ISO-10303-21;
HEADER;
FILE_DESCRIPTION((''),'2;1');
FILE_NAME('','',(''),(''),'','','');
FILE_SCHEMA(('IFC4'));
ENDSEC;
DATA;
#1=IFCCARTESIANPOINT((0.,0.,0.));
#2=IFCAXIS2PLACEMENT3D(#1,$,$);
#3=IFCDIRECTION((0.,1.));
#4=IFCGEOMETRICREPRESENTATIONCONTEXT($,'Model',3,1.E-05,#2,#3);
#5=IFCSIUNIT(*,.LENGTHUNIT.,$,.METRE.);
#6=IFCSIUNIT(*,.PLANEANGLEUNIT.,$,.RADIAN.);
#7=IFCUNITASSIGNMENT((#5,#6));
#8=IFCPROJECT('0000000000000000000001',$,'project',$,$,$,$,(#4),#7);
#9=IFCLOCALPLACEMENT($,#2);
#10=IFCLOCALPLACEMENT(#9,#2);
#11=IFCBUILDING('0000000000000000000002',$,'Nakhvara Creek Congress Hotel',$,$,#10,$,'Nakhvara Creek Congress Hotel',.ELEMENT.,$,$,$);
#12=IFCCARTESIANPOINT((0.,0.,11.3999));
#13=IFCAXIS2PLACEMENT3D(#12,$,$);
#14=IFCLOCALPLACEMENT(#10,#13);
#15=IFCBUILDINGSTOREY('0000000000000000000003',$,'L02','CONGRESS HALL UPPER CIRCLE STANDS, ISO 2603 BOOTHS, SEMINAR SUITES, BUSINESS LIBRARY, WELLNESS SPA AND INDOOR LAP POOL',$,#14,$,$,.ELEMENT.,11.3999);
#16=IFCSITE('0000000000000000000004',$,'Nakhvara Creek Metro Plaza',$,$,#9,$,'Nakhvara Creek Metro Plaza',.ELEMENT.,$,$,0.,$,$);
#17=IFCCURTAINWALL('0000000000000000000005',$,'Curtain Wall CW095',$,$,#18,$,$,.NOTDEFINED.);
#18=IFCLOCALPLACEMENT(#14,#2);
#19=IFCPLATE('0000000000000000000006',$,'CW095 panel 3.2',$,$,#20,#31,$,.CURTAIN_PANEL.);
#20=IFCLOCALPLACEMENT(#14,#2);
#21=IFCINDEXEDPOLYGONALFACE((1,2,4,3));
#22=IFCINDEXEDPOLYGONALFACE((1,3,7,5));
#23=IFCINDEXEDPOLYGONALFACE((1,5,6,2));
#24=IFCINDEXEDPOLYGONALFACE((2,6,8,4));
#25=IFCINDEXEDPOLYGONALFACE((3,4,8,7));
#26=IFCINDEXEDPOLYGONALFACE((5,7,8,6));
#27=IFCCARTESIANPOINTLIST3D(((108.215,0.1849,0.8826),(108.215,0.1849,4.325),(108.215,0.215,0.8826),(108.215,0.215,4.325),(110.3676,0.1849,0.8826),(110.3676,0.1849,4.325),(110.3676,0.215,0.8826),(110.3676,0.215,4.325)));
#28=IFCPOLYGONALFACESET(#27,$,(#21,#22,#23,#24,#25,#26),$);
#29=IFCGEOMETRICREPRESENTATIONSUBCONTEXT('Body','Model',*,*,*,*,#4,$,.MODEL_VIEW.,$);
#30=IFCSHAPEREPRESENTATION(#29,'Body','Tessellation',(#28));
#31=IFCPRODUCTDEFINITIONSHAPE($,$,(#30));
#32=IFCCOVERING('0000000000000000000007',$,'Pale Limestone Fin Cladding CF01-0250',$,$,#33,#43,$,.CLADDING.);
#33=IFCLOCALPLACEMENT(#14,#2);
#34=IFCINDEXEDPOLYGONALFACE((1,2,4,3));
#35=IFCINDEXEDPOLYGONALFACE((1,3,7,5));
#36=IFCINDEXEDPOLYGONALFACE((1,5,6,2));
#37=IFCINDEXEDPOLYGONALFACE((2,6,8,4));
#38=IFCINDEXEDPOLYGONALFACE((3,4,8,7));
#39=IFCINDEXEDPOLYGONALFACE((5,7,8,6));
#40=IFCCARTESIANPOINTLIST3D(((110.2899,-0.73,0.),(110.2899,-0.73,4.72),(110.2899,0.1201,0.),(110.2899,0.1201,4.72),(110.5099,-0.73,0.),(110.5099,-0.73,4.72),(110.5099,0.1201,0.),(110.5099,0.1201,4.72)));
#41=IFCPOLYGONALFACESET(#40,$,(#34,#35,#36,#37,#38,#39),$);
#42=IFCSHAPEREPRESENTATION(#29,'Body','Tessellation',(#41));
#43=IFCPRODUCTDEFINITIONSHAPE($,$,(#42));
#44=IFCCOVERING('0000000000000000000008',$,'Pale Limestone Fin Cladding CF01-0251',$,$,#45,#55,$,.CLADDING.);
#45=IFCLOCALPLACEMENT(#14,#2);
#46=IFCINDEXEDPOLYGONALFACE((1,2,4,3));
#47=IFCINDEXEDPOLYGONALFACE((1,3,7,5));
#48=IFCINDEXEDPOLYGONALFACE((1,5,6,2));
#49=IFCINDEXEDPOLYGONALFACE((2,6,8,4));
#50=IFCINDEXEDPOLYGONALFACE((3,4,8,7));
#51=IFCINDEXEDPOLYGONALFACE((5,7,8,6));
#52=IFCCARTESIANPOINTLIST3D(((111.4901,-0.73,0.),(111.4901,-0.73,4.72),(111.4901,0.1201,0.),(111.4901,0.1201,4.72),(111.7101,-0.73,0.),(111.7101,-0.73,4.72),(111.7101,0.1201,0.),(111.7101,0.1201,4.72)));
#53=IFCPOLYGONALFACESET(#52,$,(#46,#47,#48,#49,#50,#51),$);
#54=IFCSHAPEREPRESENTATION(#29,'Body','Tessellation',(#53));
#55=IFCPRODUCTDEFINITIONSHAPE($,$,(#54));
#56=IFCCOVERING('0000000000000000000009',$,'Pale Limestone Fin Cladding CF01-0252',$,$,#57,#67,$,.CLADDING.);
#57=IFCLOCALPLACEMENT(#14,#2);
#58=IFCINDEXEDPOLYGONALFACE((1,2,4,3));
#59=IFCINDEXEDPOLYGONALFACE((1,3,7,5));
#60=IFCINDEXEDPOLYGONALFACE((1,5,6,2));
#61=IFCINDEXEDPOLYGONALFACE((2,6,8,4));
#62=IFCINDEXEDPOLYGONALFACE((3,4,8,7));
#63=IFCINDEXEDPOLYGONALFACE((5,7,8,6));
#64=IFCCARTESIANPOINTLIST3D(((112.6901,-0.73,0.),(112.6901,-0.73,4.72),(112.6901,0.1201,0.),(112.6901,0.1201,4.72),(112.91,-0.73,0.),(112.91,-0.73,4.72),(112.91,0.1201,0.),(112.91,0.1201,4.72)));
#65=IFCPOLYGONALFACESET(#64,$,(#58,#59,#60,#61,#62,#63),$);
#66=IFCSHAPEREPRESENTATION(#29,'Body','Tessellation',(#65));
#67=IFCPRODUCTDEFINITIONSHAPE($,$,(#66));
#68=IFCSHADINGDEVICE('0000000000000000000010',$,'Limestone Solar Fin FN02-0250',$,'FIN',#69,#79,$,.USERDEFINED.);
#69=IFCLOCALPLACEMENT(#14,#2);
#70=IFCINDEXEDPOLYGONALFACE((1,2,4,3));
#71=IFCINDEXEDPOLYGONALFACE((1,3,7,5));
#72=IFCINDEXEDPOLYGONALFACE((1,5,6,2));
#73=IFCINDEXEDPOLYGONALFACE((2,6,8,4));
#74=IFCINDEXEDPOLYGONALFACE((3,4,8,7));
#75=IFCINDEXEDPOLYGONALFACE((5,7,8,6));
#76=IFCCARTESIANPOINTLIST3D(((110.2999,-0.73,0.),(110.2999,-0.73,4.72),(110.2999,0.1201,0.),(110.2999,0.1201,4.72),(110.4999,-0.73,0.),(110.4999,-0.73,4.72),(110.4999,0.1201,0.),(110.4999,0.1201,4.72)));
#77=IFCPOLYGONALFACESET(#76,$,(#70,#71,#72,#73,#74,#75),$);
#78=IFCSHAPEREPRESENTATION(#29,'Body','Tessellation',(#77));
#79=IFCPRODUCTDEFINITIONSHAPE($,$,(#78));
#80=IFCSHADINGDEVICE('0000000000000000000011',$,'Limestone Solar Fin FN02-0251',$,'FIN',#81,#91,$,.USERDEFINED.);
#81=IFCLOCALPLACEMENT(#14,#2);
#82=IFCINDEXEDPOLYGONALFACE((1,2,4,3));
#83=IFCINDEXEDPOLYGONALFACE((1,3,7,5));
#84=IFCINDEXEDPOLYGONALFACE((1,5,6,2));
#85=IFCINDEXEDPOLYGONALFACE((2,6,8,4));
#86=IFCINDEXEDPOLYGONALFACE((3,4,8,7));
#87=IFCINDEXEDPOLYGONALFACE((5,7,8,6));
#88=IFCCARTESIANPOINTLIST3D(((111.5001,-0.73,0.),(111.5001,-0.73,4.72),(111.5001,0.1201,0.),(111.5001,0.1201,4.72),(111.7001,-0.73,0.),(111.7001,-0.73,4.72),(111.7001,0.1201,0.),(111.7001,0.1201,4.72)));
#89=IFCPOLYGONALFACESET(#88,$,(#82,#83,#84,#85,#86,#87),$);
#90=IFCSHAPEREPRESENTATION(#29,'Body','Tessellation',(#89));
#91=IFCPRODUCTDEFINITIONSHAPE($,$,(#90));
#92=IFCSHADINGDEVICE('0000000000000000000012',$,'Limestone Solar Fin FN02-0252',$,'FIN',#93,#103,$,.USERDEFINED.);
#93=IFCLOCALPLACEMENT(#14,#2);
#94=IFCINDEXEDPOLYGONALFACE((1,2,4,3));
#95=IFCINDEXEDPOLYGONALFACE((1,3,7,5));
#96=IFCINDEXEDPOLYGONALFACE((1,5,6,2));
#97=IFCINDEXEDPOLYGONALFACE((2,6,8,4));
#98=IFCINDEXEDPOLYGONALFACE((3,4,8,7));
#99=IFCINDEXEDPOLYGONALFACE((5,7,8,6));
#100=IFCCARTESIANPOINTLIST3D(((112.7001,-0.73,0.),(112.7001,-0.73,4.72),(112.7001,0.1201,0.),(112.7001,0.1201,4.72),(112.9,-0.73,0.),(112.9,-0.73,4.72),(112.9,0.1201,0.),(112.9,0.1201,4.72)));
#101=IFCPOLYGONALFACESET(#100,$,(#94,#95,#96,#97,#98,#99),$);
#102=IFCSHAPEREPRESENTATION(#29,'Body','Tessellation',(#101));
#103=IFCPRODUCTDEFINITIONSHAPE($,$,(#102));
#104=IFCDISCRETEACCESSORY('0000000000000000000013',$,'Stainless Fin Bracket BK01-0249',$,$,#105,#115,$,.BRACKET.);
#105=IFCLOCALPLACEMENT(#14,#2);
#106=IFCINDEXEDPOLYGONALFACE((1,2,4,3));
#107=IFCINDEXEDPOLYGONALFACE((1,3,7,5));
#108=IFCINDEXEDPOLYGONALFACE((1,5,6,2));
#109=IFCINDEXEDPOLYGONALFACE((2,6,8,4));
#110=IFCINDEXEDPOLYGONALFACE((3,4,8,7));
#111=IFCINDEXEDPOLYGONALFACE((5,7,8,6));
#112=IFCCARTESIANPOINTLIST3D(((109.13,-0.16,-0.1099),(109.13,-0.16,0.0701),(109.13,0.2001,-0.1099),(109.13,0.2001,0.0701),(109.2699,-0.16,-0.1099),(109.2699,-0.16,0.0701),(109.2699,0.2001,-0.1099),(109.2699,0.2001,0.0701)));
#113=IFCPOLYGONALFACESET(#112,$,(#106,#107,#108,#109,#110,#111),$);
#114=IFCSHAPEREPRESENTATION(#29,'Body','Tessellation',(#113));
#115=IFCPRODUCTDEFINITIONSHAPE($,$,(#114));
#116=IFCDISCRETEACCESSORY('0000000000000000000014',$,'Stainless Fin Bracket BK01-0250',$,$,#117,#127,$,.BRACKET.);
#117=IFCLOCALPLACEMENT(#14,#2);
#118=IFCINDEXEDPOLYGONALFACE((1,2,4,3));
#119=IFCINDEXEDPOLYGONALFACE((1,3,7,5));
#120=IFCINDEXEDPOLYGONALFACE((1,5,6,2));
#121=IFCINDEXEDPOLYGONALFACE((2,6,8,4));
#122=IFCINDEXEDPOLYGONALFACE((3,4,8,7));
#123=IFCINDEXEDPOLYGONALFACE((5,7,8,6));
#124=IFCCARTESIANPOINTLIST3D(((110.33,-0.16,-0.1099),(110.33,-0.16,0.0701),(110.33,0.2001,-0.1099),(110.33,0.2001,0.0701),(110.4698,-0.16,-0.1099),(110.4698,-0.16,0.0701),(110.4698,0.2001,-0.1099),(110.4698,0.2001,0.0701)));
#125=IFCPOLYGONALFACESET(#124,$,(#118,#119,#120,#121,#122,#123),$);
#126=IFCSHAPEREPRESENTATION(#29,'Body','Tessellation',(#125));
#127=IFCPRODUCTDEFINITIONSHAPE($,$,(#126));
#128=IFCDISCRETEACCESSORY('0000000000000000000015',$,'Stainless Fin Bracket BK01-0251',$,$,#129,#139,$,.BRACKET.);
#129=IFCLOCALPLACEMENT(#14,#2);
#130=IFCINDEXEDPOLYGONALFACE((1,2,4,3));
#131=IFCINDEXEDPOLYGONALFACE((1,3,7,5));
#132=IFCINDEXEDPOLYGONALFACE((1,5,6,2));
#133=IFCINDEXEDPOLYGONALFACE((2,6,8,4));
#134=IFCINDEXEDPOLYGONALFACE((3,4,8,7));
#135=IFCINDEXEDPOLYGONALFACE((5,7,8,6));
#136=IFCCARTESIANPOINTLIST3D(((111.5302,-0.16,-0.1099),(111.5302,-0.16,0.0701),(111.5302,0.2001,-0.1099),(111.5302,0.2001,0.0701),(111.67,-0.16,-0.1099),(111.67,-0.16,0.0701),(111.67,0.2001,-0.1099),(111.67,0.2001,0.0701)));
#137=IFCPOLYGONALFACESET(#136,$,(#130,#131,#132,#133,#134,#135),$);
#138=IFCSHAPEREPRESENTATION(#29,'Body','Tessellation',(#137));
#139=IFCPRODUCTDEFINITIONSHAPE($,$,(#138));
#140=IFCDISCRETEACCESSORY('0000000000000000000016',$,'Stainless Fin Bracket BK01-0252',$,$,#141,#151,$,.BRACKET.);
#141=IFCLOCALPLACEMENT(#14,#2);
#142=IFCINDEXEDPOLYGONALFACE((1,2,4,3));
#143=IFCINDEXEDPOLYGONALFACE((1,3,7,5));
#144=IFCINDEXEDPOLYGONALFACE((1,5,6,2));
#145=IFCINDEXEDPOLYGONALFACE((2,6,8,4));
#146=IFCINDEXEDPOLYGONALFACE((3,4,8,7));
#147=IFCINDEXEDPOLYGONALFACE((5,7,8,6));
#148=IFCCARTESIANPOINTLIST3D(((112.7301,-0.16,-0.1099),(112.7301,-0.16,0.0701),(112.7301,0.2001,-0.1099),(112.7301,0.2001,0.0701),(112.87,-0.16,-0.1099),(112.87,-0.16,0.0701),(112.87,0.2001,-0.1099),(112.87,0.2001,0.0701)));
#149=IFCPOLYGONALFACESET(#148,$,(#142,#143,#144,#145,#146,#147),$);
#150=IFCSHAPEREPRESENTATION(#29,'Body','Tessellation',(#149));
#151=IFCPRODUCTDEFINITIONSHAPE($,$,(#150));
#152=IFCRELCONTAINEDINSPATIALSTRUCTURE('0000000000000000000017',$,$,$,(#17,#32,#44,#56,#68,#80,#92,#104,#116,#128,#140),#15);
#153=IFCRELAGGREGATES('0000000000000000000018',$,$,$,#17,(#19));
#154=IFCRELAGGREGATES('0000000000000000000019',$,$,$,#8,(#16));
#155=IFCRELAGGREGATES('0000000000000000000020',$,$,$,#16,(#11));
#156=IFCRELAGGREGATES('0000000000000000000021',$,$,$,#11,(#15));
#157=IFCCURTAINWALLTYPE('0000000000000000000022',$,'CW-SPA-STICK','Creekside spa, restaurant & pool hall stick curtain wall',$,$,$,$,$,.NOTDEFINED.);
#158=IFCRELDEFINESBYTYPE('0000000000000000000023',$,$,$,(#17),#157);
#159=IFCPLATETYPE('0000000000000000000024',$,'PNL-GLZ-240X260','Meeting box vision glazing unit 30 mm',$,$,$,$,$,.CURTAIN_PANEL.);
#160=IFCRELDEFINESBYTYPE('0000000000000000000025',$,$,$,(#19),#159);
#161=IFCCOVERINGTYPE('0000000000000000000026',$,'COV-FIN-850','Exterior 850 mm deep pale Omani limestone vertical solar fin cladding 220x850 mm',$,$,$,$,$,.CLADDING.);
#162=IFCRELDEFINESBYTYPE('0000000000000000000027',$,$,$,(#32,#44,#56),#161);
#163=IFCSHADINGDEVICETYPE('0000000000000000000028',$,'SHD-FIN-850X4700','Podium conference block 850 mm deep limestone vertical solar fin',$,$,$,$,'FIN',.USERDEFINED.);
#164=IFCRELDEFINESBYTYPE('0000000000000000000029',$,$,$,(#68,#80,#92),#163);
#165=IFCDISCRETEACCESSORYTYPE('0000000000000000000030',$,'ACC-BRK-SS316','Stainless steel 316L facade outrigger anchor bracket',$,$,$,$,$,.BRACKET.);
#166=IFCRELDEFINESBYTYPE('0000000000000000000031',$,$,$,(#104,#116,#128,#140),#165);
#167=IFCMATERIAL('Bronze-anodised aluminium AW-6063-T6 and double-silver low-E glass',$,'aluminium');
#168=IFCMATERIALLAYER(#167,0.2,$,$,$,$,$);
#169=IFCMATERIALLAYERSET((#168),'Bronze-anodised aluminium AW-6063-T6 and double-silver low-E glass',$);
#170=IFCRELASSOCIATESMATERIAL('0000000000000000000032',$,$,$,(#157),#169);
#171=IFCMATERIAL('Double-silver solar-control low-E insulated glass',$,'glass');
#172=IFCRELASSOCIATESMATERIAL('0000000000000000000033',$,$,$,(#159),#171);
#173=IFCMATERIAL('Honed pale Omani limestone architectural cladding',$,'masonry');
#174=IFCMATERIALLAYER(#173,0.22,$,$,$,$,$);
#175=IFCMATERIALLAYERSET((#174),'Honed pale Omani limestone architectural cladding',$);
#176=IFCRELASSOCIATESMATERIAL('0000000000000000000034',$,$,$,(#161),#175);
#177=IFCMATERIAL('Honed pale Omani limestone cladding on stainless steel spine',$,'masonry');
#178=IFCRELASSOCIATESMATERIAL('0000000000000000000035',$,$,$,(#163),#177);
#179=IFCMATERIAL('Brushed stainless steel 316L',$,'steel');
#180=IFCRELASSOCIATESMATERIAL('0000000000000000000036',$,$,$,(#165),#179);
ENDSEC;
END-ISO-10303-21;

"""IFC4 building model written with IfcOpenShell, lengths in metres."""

from ifc_helpers import new_model, si_unit, direction, frame, origin, origin_2d, place, context, subcontext, project, spatial, rectangle, extrude, material, layer, layer_set, type_object, element, aggregate, save


model = new_model("IFC4")

# Units and contexts
model_context = context("Model", 3, precision=1e-05, world=origin(), true_north=direction((0.0, 1.0)))
body_context = subcontext(model_context, "Body", "Model", "MODEL_VIEW")
ifc_project = project(units=[si_unit("LENGTHUNIT", "METRE"), si_unit("PLANEANGLEUNIT", "RADIAN")], contexts=[model_context])

# Site, building, storey
site_placement = place(None, origin())
site = spatial("IfcSite", under=ifc_project, at=site_placement, Name="Nakhvara Creek Metro Plaza", LongName="Nakhvara Creek Metro Plaza", CompositionType="ELEMENT", RefElevation=0.0)
building_placement = place(site_placement, origin())
building = spatial("IfcBuilding", under=site, at=building_placement, Name="Nakhvara Creek Congress Hotel", LongName="Nakhvara Creek Congress Hotel", CompositionType="ELEMENT")
storey_placement = place(building_placement, frame((0.0, 0.0, 11.3999)))
storey = spatial("IfcBuildingStorey", under=building, at=storey_placement, Name="L02", Description="CONGRESS HALL UPPER CIRCLE STANDS, ISO 2603 BOOTHS, SEMINAR SUITES, BUSINESS LIBRARY, WELLNESS SPA AND INDOOR LAP POOL", CompositionType="ELEMENT", Elevation=11.3999)

# Curtain wall, plate
ifc_material_1 = material(Name="Bronze-anodised aluminium AW-6063-T6 and double-silver low-E glass", Category="aluminium")
ifc_layer_1 = layer(ifc_material_1, 0.2)
ifc_layer_set_1 = layer_set([ifc_layer_1], Name="Bronze-anodised aluminium AW-6063-T6 and double-silver low-E glass")
curtain_wall_type = type_object("IfcCurtainWallType", Name="CW-SPA-STICK", Description="Creekside spa, restaurant & pool hall stick curtain wall", PredefinedType="NOTDEFINED", material=ifc_layer_set_1)
curtain_wall_placement = place(storey_placement, origin())
curtain_wall = element("IfcCurtainWall", 1, at=curtain_wall_placement, inside=storey, type_object=curtain_wall_type, Name="Curtain Wall CW095", PredefinedType="NOTDEFINED")
ifc_material_2 = material(Name="Double-silver solar-control low-E insulated glass", Category="glass")
plate_type = type_object("IfcPlateType", Name="PNL-GLZ-240X260", Description="Meeting box vision glazing unit 30 mm", PredefinedType="CURTAIN_PANEL", material=ifc_material_2)
plate_1_placement = place(storey_placement, frame((109.2913, 0.2, 0.8826), z_axis=(0.0, 0.0, 1.0), x_axis=(-1.0, 0.0, 0.0)))
plate_1 = element("IfcPlate", 2, at=plate_1_placement, type_object=plate_type, Name="CW095 panel 3.2", PredefinedType="CURTAIN_PANEL", context=body_context, shape_type="SweptSolid", body=[
    extrude(rectangle(XDim=2.1526, YDim=0.03, at=origin_2d()), origin(), (0.0, 0.0, 1.0), 3.4424),
])
aggregate(curtain_wall, [plate_1])

# Coverings
ifc_material_3 = material(Name="Honed pale Omani limestone architectural cladding", Category="masonry")
ifc_layer_2 = layer(ifc_material_3, 0.22)
ifc_layer_set_2 = layer_set([ifc_layer_2], Name="Honed pale Omani limestone architectural cladding")
covering_type = type_object("IfcCoveringType", Name="COV-FIN-850", Description="Exterior 850 mm deep pale Omani limestone vertical solar fin cladding 220x850 mm", PredefinedType="CLADDING", material=ifc_layer_set_2)
for number, where, z_axis, x_axis, name in (
    (3, (110.3999, -0.3049, 0.0), (0.0, 0.0, 1.0), (1.0, 0.0, 0.0), "Pale Limestone Fin Cladding CF01-0250"),
    (4, (111.6001, -0.3049, 0.0), (0.0, 0.0, 1.0), (1.0, 0.0, 0.0), "Pale Limestone Fin Cladding CF01-0251"),
    (5, (112.8, -0.3049, 0.0), (0.0, 0.0, 1.0), (1.0, 0.0, 0.0), "Pale Limestone Fin Cladding CF01-0252"),
):
    element("IfcCovering", number, at=place(storey_placement, frame(where, z_axis=z_axis, x_axis=x_axis)), inside=storey, type_object=covering_type, Name=name, PredefinedType="CLADDING", context=body_context, shape_type="SweptSolid", body=[
        extrude(rectangle(XDim=0.22, YDim=0.8501, at=origin_2d()), origin(), (0.0, 0.0, 1.0), 4.72),
    ])

# Shading devices
ifc_material_4 = material(Name="Honed pale Omani limestone cladding on stainless steel spine", Category="masonry")
shading_device_type = type_object("IfcShadingDeviceType", Name="SHD-FIN-850X4700", Description="Podium conference block 850 mm deep limestone vertical solar fin", ElementType="FIN", PredefinedType="USERDEFINED", material=ifc_material_4)
for number, where, z_axis, x_axis, name in (
    (6, (110.3999, -0.3049, 0.0), (0.0, 0.0, 1.0), (1.0, 0.0, 0.0), "Limestone Solar Fin FN02-0250"),
    (7, (111.6001, -0.3049, 0.0), (0.0, 0.0, 1.0), (1.0, 0.0, 0.0), "Limestone Solar Fin FN02-0251"),
    (8, (112.8, -0.3049, 0.0), (0.0, 0.0, 1.0), (1.0, 0.0, 0.0), "Limestone Solar Fin FN02-0252"),
):
    element("IfcShadingDevice", number, at=place(storey_placement, frame(where, z_axis=z_axis, x_axis=x_axis)), inside=storey, type_object=shading_device_type, Name=name, ObjectType="FIN", PredefinedType="USERDEFINED", context=body_context, shape_type="SweptSolid", body=[
        extrude(rectangle(XDim=0.2, YDim=0.8501, at=origin_2d()), origin(), (0.0, 0.0, 1.0), 4.72),
    ])

# Discrete accessories
ifc_material_5 = material(Name="Brushed stainless steel 316L", Category="steel")
discrete_accessory_type = type_object("IfcDiscreteAccessoryType", Name="ACC-BRK-SS316", Description="Stainless steel 316L facade outrigger anchor bracket", PredefinedType="BRACKET", material=ifc_material_5)
for number, where, z_axis, x_axis, name in (
    (9, (109.2, 0.02, -0.1099), (0.0, 0.0, 1.0), (1.0, 0.0, 0.0), "Stainless Fin Bracket BK01-0249"),
    (10, (110.3999, 0.02, -0.1099), (0.0, 0.0, 1.0), (1.0, 0.0, 0.0), "Stainless Fin Bracket BK01-0250"),
    (11, (111.6001, 0.02, -0.1099), (0.0, 0.0, 1.0), (1.0, 0.0, 0.0), "Stainless Fin Bracket BK01-0251"),
    (12, (112.8, 0.02, -0.1099), (0.0, 0.0, 1.0), (1.0, 0.0, 0.0), "Stainless Fin Bracket BK01-0252"),
):
    element("IfcDiscreteAccessory", number, at=place(storey_placement, frame(where, z_axis=z_axis, x_axis=x_axis)), inside=storey, type_object=discrete_accessory_type, Name=name, PredefinedType="BRACKET", context=body_context, shape_type="SweptSolid", body=[
        extrude(rectangle(XDim=0.1399, YDim=0.3601, at=origin_2d()), origin(), (0.0, 0.0, 1.0), 0.1799),
    ])

save(model, "model.ifc")
